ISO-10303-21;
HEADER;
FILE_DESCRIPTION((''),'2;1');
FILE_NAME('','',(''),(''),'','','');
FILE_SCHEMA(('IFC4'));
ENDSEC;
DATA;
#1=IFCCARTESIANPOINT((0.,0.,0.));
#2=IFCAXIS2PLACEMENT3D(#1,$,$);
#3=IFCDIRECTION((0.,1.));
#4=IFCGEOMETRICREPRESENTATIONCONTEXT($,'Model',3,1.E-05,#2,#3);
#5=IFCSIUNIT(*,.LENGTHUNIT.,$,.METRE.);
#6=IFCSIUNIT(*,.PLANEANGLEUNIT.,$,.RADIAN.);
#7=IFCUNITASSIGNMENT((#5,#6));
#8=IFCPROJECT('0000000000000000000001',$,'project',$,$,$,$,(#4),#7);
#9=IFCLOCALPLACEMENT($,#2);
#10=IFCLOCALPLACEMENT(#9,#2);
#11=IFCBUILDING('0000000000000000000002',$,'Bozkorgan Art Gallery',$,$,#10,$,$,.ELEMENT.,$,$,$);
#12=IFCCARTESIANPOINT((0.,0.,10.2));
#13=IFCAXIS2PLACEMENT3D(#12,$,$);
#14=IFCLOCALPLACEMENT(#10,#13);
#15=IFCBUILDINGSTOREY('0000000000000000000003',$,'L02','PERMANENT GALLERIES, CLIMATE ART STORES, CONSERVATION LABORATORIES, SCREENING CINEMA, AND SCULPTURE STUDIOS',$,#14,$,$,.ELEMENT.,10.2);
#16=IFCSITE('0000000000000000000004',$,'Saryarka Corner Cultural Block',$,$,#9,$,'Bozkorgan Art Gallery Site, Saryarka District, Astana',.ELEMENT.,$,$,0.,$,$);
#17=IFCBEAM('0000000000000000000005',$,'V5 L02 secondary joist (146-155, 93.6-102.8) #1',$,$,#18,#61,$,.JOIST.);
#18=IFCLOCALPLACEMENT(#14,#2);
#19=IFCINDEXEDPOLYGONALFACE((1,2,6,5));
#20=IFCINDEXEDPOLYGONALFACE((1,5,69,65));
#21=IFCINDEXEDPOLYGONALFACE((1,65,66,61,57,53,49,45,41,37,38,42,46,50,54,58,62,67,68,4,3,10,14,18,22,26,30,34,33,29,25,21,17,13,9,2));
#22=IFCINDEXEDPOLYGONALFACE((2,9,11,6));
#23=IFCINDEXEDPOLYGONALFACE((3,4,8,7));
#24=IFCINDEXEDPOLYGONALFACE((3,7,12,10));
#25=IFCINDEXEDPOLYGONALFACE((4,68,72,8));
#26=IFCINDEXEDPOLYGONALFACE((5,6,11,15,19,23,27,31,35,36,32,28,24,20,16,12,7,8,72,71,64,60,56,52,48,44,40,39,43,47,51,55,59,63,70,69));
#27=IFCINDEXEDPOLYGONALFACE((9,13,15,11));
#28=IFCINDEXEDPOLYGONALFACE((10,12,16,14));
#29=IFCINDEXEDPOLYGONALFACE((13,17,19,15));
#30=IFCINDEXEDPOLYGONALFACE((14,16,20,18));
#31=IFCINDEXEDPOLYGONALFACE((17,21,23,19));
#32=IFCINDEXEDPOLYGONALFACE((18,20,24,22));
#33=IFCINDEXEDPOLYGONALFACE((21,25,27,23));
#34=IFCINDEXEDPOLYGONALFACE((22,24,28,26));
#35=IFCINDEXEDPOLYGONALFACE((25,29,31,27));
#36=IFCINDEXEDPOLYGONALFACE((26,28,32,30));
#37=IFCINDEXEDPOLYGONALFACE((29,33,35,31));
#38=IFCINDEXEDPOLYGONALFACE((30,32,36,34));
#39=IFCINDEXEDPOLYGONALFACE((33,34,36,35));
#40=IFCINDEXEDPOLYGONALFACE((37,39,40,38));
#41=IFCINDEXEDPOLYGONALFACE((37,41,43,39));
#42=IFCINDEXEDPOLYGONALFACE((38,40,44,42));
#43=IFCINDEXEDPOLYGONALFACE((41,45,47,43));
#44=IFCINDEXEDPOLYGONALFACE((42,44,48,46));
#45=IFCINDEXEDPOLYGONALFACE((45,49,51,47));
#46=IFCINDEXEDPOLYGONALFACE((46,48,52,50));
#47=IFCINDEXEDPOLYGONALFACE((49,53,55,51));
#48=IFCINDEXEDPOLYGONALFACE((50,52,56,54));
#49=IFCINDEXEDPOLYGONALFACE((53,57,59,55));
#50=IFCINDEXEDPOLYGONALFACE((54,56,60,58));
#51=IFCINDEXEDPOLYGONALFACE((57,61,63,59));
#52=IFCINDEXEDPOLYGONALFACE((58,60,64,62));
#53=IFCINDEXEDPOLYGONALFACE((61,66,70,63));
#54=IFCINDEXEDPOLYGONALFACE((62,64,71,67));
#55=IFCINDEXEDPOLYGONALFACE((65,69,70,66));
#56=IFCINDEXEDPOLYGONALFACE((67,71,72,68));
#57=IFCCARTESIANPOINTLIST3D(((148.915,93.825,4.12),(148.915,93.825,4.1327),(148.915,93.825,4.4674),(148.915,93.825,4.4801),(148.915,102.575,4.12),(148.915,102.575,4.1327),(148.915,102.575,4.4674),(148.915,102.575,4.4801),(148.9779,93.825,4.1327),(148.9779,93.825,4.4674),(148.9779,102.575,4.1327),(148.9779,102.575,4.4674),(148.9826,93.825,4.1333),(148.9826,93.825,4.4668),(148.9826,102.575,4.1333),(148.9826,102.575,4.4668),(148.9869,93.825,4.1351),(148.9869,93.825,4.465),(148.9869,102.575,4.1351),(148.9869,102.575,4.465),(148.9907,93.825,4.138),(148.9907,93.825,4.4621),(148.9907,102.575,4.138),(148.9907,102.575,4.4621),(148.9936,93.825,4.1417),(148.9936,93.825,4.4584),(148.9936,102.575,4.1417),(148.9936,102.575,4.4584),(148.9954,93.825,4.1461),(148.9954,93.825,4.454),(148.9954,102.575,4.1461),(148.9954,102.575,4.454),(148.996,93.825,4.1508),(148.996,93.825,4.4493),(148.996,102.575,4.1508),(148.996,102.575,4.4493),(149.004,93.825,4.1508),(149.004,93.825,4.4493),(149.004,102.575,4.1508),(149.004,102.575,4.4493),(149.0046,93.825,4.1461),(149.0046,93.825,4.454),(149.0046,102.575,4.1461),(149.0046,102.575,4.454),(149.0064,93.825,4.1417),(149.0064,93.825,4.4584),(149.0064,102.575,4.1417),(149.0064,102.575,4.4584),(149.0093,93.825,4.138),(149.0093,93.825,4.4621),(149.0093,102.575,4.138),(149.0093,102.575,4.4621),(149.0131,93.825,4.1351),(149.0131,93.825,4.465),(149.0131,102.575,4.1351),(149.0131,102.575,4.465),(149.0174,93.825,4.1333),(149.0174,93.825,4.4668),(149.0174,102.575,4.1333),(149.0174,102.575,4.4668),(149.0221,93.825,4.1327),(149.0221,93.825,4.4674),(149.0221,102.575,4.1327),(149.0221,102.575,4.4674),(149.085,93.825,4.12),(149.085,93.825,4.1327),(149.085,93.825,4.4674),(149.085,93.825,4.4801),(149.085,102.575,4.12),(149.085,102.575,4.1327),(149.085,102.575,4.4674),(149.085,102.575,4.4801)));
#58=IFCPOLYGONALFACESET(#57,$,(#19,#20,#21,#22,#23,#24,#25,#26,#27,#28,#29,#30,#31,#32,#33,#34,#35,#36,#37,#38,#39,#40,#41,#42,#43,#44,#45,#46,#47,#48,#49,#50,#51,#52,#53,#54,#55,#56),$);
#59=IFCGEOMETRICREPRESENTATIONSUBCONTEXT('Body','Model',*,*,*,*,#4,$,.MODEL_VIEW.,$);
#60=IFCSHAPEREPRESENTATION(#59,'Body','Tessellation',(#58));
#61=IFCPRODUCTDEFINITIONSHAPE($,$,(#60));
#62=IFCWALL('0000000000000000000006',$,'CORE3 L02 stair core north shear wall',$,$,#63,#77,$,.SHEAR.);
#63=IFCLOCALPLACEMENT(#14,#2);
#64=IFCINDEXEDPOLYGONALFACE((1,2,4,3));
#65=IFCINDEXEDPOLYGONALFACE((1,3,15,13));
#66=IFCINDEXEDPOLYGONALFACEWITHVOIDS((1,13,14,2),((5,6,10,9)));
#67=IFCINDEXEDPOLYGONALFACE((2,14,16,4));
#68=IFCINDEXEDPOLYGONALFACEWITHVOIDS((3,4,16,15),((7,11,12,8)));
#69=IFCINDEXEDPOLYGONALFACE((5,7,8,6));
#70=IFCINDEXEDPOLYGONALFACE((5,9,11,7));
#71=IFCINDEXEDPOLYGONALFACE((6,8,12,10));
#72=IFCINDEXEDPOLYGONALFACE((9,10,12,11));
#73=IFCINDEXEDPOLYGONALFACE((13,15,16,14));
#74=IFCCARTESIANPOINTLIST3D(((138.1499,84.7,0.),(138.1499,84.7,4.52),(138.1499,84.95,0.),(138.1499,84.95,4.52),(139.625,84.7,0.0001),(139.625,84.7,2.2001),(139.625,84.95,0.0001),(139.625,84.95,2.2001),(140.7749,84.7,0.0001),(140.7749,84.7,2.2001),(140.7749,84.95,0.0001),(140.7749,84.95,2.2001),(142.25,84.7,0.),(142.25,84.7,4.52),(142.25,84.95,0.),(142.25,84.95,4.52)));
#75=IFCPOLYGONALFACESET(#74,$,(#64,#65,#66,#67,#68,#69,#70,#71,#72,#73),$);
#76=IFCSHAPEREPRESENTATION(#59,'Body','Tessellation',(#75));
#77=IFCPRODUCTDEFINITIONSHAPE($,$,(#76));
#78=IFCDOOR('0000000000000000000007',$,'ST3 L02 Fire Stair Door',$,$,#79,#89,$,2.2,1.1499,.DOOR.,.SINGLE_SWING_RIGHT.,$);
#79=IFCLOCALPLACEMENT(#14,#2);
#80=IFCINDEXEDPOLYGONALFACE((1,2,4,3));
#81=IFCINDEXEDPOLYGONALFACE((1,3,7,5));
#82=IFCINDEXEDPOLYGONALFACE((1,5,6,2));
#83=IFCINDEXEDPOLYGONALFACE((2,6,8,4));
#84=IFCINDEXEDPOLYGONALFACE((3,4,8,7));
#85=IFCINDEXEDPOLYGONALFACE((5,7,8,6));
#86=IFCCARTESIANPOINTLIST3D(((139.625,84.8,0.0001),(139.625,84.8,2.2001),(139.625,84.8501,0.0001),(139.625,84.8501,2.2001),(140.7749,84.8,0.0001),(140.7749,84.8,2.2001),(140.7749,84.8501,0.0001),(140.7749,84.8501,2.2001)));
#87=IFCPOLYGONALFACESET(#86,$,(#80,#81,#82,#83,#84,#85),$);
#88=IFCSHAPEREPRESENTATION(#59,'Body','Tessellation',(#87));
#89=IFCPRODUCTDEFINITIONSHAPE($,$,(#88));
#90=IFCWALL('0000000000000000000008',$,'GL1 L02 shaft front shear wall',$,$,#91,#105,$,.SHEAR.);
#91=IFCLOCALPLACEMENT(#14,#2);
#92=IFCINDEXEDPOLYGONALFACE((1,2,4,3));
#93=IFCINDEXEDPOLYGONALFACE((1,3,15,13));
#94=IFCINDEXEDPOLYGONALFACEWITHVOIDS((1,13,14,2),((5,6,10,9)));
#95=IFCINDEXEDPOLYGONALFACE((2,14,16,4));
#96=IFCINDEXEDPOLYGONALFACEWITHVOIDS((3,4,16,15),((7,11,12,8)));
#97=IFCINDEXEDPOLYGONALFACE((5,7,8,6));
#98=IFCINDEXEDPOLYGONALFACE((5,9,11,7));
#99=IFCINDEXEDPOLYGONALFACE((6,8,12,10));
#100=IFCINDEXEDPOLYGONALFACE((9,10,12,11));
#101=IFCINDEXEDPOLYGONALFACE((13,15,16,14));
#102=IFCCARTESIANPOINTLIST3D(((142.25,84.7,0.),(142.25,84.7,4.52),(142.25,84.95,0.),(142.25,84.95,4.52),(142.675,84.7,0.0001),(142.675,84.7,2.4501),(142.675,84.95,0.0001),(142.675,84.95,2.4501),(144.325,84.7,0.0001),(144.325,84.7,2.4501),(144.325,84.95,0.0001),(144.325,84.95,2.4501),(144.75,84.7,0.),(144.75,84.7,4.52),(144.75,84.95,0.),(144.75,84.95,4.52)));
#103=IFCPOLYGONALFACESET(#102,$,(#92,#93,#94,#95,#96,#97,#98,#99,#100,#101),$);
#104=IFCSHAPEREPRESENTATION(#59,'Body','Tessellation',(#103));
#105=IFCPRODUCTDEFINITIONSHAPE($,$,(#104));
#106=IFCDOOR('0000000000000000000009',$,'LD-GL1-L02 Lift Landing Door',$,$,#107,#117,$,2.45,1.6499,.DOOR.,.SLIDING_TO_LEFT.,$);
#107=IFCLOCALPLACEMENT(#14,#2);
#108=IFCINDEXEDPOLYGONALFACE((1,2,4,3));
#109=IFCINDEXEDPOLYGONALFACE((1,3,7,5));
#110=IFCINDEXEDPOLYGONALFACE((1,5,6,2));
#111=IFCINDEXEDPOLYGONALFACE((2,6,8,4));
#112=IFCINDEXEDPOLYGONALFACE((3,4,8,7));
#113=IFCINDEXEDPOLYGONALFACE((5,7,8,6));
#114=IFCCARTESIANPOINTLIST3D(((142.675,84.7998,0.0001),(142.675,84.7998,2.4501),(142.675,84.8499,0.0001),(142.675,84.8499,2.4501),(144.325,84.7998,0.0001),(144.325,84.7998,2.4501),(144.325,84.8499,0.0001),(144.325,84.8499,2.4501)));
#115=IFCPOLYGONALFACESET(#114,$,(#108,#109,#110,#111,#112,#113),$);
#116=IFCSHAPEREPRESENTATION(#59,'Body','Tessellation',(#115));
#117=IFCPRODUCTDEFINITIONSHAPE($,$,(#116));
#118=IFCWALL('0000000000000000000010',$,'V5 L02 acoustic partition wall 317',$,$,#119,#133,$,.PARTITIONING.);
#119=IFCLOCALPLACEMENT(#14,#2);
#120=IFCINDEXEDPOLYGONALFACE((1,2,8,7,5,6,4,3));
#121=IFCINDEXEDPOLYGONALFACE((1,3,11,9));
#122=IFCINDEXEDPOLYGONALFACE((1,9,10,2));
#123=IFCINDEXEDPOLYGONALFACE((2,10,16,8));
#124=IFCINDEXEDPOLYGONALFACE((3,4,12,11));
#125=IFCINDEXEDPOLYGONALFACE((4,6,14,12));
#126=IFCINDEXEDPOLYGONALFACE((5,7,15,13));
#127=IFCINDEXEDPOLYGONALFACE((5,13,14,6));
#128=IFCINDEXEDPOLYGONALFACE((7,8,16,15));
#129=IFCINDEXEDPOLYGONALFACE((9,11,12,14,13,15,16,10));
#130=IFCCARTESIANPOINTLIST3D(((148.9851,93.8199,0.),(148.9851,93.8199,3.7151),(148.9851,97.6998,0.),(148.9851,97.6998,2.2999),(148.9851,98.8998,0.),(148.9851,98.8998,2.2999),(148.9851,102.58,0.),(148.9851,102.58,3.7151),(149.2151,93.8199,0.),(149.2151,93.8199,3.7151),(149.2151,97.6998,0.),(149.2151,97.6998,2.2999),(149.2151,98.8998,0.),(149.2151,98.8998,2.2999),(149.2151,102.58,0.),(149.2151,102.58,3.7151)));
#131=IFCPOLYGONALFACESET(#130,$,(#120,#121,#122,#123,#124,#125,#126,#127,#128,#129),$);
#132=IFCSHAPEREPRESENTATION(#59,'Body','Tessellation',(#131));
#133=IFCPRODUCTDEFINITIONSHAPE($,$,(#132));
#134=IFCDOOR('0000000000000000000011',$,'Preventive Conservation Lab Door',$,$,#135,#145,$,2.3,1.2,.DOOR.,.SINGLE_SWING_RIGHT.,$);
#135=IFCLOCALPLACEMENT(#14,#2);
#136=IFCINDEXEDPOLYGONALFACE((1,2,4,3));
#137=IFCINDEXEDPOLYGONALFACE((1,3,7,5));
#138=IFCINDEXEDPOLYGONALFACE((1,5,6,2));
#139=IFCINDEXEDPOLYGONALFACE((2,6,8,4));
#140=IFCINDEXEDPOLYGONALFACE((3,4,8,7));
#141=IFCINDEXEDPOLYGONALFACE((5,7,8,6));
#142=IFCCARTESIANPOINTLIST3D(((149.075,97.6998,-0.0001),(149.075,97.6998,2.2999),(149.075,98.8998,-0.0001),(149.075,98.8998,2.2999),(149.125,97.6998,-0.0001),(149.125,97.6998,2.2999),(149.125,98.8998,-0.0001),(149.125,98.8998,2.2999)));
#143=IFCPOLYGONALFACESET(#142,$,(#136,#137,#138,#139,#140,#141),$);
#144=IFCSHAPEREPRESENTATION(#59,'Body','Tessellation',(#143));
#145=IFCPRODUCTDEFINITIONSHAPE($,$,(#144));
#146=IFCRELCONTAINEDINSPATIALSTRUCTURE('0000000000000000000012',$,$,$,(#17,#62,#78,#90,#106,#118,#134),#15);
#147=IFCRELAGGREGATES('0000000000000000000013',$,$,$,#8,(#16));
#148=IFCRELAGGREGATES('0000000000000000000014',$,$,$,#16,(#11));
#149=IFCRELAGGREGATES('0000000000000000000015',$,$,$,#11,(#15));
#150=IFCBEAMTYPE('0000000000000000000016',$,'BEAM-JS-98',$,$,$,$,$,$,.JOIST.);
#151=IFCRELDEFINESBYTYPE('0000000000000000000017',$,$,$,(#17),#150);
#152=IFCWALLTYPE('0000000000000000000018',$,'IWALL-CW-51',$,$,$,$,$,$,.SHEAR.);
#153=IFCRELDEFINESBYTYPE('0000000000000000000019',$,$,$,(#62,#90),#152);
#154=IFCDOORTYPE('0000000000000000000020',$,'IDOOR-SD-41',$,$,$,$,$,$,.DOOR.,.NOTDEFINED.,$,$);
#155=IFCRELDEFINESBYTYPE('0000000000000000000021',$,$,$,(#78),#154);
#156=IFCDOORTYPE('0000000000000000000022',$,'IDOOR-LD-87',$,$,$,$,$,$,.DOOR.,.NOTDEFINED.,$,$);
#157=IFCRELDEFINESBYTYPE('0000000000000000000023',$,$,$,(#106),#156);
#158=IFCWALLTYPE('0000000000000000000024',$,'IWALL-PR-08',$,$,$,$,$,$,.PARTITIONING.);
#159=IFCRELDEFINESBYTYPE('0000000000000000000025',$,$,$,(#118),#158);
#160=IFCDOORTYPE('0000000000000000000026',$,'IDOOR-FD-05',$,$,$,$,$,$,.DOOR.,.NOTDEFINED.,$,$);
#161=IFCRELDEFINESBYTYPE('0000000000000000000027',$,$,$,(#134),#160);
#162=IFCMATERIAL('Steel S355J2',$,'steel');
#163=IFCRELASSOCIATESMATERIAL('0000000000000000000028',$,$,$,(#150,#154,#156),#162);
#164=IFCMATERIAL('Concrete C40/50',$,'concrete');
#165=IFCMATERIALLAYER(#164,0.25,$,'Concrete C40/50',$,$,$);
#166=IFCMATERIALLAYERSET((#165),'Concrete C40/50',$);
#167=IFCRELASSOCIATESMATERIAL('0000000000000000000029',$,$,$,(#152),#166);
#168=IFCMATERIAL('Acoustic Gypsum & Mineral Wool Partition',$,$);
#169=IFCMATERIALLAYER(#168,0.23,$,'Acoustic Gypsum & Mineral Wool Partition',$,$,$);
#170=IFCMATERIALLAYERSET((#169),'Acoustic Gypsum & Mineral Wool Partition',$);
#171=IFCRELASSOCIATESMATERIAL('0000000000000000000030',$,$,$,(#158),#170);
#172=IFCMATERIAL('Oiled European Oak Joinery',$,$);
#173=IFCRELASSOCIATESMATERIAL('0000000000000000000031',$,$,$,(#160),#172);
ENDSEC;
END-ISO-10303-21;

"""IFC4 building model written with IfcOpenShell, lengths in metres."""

from ifc_helpers import new_model, si_unit, direction, frame, frame_2d, origin, origin_2d, place, context, subcontext, project, spatial, rectangle, i_section, extrude, material, layer, layer_set, material_profile, profile_set, type_object, element, fill, save


model = new_model("IFC4")

# Units and contexts
model_context = context("Model", 3, precision=1e-05, world=origin(), true_north=direction((0.0, 1.0)))
body_context = subcontext(model_context, "Body", "Model", "MODEL_VIEW")
ifc_project = project(units=[si_unit("LENGTHUNIT", "METRE"), si_unit("PLANEANGLEUNIT", "RADIAN")], contexts=[model_context])

# Site, building, storey
site_placement = place(None, origin())
site = spatial("IfcSite", under=ifc_project, at=site_placement, Name="Saryarka Corner Cultural Block", LongName="Bozkorgan Art Gallery Site, Saryarka District, Astana", CompositionType="ELEMENT", RefElevation=0.0)
building_placement = place(site_placement, origin())
building = spatial("IfcBuilding", under=site, at=building_placement, Name="Bozkorgan Art Gallery", CompositionType="ELEMENT")
storey_placement = place(building_placement, frame((0.0, 0.0, 10.2)))
storey = spatial("IfcBuildingStorey", under=building, at=storey_placement, Name="L02", Description="PERMANENT GALLERIES, CLIMATE ART STORES, CONSERVATION LABORATORIES, SCREENING CINEMA, AND SCULPTURE STUDIOS", CompositionType="ELEMENT", Elevation=10.2)

# Shared definitions
ifc_material_1 = material(Name="Concrete C40/50", Category="concrete")

# Beam
ifc_material_2 = material(Name="Steel S355J2", Category="steel")
ifc_material_profile_1 = material_profile(ifc_material_2, i_section(OverallWidth=0.1699, OverallDepth=0.3601, WebThickness=0.0081, FlangeThickness=0.0127, FilletRadius=0.0181, at=origin_2d()), Name="IPE 360")
ifc_profile_set_1 = profile_set([ifc_material_profile_1], Name="Steel S355J2")
beam_type_1 = type_object("IfcBeamType", Name="BEAM-JS-98", PredefinedType="JOIST", material=ifc_profile_set_1)
for number, where, z_axis, x_axis, name in (
    (1, (149.0, 93.825, 4.3), (0.0, 1.0, 0.0), (-1.0, 0.0, 0.0), "V5 L02 secondary joist (146-155, 93.6-102.8) #1"),
):
    element("IfcBeam", number, at=place(storey_placement, frame(where, z_axis=z_axis, x_axis=x_axis)), inside=storey, type_object=beam_type_1, Name=name, PredefinedType="JOIST", context=body_context, shape_type="SweptSolid", body=[
        extrude(i_section(OverallWidth=0.1699, OverallDepth=0.3601, WebThickness=0.0081, FlangeThickness=0.0127, FilletRadius=0.0181, at=origin_2d()), origin(), (0.0, 0.0, 1.0), 8.75),
    ])

# Walls, openings, doors
ifc_layer_1 = layer(ifc_material_1, 0.25, Name="Concrete C40/50")
ifc_layer_set_1 = layer_set([ifc_layer_1], Name="Concrete C40/50")
wall_type_1 = type_object("IfcWallType", Name="IWALL-CW-51", PredefinedType="SHEAR", material=ifc_layer_set_1)
wall_1_placement = place(storey_placement, frame((138.1499, 84.825, 0.0), z_axis=(0.0, 0.0, 1.0), x_axis=(1.0, 0.0, 0.0)))
wall_1 = element("IfcWall", 2, at=wall_1_placement, inside=storey, type_object=wall_type_1, Name="CORE3 L02 stair core north shear wall", PredefinedType="SHEAR", context=body_context, shape_type="SweptSolid", body=[
    extrude(rectangle(XDim=4.1001, YDim=0.25, at=frame_2d((2.05, 0.0))), origin(), (0.0, 0.0, 1.0), 4.52),
])
opening_1_placement = place(wall_1_placement, frame((2.625, 0.0, 0.0), z_axis=(0.0, 0.0, 1.0), x_axis=(-1.0, 0.0, 0.0)))
opening_1 = element("IfcOpeningElement", 3, at=opening_1_placement, cuts=wall_1, PredefinedType="OPENING", context=body_context, shape_type="SweptSolid", body=[
    extrude(rectangle(XDim=1.1499, YDim=2.2, at=frame_2d((0.575, 1.1001))), frame((0.0, 0.135, 0.0), z_axis=(0.0, -1.0, 0.0), x_axis=(1.0, 0.0, 0.0)), (0.0, 0.0, 1.0), 0.27),
])
door_type_1 = type_object("IfcDoorType", Name="IDOOR-SD-41", OperationType="NOTDEFINED", PredefinedType="DOOR", material=ifc_material_2)
door_1_placement = place(opening_1_placement, origin())
door_1 = element("IfcDoor", 4, at=door_1_placement, inside=storey, type_object=door_type_1, Name="ST3 L02 Fire Stair Door", OperationType="SINGLE_SWING_RIGHT", OverallHeight=2.2, OverallWidth=1.1499, PredefinedType="DOOR", context=body_context, shape_type="SweptSolid", body=[
    extrude(rectangle(XDim=1.1499, YDim=2.2, at=frame_2d((0.575, 1.1001))), frame((0.0, 0.0249, 0.0), z_axis=(0.0, -1.0, 0.0), x_axis=(1.0, 0.0, 0.0)), (0.0, 0.0, 1.0), 0.05),
])
fill(opening_1, door_1)
wall_2_placement = place(storey_placement, frame((142.25, 84.825, 0.0), z_axis=(0.0, 0.0, 1.0), x_axis=(1.0, 0.0, 0.0)))
wall_2 = element("IfcWall", 5, at=wall_2_placement, inside=storey, type_object=wall_type_1, Name="GL1 L02 shaft front shear wall", PredefinedType="SHEAR", context=body_context, shape_type="SweptSolid", body=[
    extrude(rectangle(XDim=2.5, YDim=0.25, at=frame_2d((1.25, 0.0))), origin(), (0.0, 0.0, 1.0), 4.52),
])
opening_2_placement = place(wall_2_placement, frame((0.425, 0.0, 0.0)))
opening_2 = element("IfcOpeningElement", 6, at=opening_2_placement, cuts=wall_2, PredefinedType="OPENING", context=body_context, shape_type="SweptSolid", body=[
    extrude(rectangle(XDim=1.6499, YDim=2.45, at=frame_2d((0.825, 1.2251))), frame((0.0, 0.135, 0.0), z_axis=(0.0, -1.0, 0.0), x_axis=(1.0, 0.0, 0.0)), (0.0, 0.0, 1.0), 0.27),
])
door_type_2 = type_object("IfcDoorType", Name="IDOOR-LD-87", OperationType="NOTDEFINED", PredefinedType="DOOR", material=ifc_material_2)
door_2_placement = place(opening_2_placement, origin())
door_2 = element("IfcDoor", 7, at=door_2_placement, inside=storey, type_object=door_type_2, Name="LD-GL1-L02 Lift Landing Door", OperationType="SLIDING_TO_LEFT", OverallHeight=2.45, OverallWidth=1.6499, PredefinedType="DOOR", context=body_context, shape_type="SweptSolid", body=[
    extrude(rectangle(XDim=1.6499, YDim=2.45, at=frame_2d((0.825, 1.2251))), frame((0.0, 0.0249, 0.0), z_axis=(0.0, -1.0, 0.0), x_axis=(1.0, 0.0, 0.0)), (0.0, 0.0, 1.0), 0.05),
])
fill(opening_2, door_2)
ifc_material_3 = material(Name="Acoustic Gypsum & Mineral Wool Partition")
ifc_layer_2 = layer(ifc_material_3, 0.23, Name="Acoustic Gypsum & Mineral Wool Partition")
ifc_layer_set_2 = layer_set([ifc_layer_2], Name="Acoustic Gypsum & Mineral Wool Partition")
wall_type_2 = type_object("IfcWallType", Name="IWALL-PR-08", PredefinedType="PARTITIONING", material=ifc_layer_set_2)
wall_3_placement = place(storey_placement, frame((149.1001, 93.8201, 0.0), z_axis=(0.0, 0.0, 1.0), x_axis=(0.0, 1.0, 0.0)))
wall_3 = element("IfcWall", 8, at=wall_3_placement, inside=storey, type_object=wall_type_2, Name="V5 L02 acoustic partition wall 317", PredefinedType="PARTITIONING", context=body_context, shape_type="SweptSolid", body=[
    extrude(rectangle(XDim=8.76, YDim=0.23, at=frame_2d((4.3799, 0.0))), origin(), (0.0, 0.0, 1.0), 3.7151),
])
opening_3_placement = place(wall_3_placement, frame((5.0798, 0.0, 0.0), z_axis=(0.0, 0.0, 1.0), x_axis=(-1.0, 0.0, 0.0)))
opening_3 = element("IfcOpeningElement", 9, at=opening_3_placement, cuts=wall_3, PredefinedType="OPENING", context=body_context, shape_type="SweptSolid", body=[
    extrude(rectangle(XDim=1.2, YDim=2.3, at=frame_2d((0.6001, 1.1499))), frame((0.0, 0.125, 0.0), z_axis=(0.0, -1.0, 0.0), x_axis=(1.0, 0.0, 0.0)), (0.0, 0.0, 1.0), 0.25),
])
ifc_material_4 = material(Name="Oiled European Oak Joinery")
door_type_3 = type_object("IfcDoorType", Name="IDOOR-FD-05", OperationType="NOTDEFINED", PredefinedType="DOOR", material=ifc_material_4)
door_3_placement = place(opening_3_placement, origin())
door_3 = element("IfcDoor", 10, at=door_3_placement, inside=storey, type_object=door_type_3, Name="Preventive Conservation Lab Door", OperationType="SINGLE_SWING_RIGHT", OverallHeight=2.3, OverallWidth=1.2, PredefinedType="DOOR", context=body_context, shape_type="SweptSolid", body=[
    extrude(rectangle(XDim=1.2, YDim=2.3, at=frame_2d((0.6001, 1.1499))), frame((0.0, 0.0249, 0.0), z_axis=(0.0, -1.0, 0.0), x_axis=(1.0, 0.0, 0.0)), (0.0, 0.0, 1.0), 0.05),
])
fill(opening_3, door_3)

save(model, "model.ifc")
